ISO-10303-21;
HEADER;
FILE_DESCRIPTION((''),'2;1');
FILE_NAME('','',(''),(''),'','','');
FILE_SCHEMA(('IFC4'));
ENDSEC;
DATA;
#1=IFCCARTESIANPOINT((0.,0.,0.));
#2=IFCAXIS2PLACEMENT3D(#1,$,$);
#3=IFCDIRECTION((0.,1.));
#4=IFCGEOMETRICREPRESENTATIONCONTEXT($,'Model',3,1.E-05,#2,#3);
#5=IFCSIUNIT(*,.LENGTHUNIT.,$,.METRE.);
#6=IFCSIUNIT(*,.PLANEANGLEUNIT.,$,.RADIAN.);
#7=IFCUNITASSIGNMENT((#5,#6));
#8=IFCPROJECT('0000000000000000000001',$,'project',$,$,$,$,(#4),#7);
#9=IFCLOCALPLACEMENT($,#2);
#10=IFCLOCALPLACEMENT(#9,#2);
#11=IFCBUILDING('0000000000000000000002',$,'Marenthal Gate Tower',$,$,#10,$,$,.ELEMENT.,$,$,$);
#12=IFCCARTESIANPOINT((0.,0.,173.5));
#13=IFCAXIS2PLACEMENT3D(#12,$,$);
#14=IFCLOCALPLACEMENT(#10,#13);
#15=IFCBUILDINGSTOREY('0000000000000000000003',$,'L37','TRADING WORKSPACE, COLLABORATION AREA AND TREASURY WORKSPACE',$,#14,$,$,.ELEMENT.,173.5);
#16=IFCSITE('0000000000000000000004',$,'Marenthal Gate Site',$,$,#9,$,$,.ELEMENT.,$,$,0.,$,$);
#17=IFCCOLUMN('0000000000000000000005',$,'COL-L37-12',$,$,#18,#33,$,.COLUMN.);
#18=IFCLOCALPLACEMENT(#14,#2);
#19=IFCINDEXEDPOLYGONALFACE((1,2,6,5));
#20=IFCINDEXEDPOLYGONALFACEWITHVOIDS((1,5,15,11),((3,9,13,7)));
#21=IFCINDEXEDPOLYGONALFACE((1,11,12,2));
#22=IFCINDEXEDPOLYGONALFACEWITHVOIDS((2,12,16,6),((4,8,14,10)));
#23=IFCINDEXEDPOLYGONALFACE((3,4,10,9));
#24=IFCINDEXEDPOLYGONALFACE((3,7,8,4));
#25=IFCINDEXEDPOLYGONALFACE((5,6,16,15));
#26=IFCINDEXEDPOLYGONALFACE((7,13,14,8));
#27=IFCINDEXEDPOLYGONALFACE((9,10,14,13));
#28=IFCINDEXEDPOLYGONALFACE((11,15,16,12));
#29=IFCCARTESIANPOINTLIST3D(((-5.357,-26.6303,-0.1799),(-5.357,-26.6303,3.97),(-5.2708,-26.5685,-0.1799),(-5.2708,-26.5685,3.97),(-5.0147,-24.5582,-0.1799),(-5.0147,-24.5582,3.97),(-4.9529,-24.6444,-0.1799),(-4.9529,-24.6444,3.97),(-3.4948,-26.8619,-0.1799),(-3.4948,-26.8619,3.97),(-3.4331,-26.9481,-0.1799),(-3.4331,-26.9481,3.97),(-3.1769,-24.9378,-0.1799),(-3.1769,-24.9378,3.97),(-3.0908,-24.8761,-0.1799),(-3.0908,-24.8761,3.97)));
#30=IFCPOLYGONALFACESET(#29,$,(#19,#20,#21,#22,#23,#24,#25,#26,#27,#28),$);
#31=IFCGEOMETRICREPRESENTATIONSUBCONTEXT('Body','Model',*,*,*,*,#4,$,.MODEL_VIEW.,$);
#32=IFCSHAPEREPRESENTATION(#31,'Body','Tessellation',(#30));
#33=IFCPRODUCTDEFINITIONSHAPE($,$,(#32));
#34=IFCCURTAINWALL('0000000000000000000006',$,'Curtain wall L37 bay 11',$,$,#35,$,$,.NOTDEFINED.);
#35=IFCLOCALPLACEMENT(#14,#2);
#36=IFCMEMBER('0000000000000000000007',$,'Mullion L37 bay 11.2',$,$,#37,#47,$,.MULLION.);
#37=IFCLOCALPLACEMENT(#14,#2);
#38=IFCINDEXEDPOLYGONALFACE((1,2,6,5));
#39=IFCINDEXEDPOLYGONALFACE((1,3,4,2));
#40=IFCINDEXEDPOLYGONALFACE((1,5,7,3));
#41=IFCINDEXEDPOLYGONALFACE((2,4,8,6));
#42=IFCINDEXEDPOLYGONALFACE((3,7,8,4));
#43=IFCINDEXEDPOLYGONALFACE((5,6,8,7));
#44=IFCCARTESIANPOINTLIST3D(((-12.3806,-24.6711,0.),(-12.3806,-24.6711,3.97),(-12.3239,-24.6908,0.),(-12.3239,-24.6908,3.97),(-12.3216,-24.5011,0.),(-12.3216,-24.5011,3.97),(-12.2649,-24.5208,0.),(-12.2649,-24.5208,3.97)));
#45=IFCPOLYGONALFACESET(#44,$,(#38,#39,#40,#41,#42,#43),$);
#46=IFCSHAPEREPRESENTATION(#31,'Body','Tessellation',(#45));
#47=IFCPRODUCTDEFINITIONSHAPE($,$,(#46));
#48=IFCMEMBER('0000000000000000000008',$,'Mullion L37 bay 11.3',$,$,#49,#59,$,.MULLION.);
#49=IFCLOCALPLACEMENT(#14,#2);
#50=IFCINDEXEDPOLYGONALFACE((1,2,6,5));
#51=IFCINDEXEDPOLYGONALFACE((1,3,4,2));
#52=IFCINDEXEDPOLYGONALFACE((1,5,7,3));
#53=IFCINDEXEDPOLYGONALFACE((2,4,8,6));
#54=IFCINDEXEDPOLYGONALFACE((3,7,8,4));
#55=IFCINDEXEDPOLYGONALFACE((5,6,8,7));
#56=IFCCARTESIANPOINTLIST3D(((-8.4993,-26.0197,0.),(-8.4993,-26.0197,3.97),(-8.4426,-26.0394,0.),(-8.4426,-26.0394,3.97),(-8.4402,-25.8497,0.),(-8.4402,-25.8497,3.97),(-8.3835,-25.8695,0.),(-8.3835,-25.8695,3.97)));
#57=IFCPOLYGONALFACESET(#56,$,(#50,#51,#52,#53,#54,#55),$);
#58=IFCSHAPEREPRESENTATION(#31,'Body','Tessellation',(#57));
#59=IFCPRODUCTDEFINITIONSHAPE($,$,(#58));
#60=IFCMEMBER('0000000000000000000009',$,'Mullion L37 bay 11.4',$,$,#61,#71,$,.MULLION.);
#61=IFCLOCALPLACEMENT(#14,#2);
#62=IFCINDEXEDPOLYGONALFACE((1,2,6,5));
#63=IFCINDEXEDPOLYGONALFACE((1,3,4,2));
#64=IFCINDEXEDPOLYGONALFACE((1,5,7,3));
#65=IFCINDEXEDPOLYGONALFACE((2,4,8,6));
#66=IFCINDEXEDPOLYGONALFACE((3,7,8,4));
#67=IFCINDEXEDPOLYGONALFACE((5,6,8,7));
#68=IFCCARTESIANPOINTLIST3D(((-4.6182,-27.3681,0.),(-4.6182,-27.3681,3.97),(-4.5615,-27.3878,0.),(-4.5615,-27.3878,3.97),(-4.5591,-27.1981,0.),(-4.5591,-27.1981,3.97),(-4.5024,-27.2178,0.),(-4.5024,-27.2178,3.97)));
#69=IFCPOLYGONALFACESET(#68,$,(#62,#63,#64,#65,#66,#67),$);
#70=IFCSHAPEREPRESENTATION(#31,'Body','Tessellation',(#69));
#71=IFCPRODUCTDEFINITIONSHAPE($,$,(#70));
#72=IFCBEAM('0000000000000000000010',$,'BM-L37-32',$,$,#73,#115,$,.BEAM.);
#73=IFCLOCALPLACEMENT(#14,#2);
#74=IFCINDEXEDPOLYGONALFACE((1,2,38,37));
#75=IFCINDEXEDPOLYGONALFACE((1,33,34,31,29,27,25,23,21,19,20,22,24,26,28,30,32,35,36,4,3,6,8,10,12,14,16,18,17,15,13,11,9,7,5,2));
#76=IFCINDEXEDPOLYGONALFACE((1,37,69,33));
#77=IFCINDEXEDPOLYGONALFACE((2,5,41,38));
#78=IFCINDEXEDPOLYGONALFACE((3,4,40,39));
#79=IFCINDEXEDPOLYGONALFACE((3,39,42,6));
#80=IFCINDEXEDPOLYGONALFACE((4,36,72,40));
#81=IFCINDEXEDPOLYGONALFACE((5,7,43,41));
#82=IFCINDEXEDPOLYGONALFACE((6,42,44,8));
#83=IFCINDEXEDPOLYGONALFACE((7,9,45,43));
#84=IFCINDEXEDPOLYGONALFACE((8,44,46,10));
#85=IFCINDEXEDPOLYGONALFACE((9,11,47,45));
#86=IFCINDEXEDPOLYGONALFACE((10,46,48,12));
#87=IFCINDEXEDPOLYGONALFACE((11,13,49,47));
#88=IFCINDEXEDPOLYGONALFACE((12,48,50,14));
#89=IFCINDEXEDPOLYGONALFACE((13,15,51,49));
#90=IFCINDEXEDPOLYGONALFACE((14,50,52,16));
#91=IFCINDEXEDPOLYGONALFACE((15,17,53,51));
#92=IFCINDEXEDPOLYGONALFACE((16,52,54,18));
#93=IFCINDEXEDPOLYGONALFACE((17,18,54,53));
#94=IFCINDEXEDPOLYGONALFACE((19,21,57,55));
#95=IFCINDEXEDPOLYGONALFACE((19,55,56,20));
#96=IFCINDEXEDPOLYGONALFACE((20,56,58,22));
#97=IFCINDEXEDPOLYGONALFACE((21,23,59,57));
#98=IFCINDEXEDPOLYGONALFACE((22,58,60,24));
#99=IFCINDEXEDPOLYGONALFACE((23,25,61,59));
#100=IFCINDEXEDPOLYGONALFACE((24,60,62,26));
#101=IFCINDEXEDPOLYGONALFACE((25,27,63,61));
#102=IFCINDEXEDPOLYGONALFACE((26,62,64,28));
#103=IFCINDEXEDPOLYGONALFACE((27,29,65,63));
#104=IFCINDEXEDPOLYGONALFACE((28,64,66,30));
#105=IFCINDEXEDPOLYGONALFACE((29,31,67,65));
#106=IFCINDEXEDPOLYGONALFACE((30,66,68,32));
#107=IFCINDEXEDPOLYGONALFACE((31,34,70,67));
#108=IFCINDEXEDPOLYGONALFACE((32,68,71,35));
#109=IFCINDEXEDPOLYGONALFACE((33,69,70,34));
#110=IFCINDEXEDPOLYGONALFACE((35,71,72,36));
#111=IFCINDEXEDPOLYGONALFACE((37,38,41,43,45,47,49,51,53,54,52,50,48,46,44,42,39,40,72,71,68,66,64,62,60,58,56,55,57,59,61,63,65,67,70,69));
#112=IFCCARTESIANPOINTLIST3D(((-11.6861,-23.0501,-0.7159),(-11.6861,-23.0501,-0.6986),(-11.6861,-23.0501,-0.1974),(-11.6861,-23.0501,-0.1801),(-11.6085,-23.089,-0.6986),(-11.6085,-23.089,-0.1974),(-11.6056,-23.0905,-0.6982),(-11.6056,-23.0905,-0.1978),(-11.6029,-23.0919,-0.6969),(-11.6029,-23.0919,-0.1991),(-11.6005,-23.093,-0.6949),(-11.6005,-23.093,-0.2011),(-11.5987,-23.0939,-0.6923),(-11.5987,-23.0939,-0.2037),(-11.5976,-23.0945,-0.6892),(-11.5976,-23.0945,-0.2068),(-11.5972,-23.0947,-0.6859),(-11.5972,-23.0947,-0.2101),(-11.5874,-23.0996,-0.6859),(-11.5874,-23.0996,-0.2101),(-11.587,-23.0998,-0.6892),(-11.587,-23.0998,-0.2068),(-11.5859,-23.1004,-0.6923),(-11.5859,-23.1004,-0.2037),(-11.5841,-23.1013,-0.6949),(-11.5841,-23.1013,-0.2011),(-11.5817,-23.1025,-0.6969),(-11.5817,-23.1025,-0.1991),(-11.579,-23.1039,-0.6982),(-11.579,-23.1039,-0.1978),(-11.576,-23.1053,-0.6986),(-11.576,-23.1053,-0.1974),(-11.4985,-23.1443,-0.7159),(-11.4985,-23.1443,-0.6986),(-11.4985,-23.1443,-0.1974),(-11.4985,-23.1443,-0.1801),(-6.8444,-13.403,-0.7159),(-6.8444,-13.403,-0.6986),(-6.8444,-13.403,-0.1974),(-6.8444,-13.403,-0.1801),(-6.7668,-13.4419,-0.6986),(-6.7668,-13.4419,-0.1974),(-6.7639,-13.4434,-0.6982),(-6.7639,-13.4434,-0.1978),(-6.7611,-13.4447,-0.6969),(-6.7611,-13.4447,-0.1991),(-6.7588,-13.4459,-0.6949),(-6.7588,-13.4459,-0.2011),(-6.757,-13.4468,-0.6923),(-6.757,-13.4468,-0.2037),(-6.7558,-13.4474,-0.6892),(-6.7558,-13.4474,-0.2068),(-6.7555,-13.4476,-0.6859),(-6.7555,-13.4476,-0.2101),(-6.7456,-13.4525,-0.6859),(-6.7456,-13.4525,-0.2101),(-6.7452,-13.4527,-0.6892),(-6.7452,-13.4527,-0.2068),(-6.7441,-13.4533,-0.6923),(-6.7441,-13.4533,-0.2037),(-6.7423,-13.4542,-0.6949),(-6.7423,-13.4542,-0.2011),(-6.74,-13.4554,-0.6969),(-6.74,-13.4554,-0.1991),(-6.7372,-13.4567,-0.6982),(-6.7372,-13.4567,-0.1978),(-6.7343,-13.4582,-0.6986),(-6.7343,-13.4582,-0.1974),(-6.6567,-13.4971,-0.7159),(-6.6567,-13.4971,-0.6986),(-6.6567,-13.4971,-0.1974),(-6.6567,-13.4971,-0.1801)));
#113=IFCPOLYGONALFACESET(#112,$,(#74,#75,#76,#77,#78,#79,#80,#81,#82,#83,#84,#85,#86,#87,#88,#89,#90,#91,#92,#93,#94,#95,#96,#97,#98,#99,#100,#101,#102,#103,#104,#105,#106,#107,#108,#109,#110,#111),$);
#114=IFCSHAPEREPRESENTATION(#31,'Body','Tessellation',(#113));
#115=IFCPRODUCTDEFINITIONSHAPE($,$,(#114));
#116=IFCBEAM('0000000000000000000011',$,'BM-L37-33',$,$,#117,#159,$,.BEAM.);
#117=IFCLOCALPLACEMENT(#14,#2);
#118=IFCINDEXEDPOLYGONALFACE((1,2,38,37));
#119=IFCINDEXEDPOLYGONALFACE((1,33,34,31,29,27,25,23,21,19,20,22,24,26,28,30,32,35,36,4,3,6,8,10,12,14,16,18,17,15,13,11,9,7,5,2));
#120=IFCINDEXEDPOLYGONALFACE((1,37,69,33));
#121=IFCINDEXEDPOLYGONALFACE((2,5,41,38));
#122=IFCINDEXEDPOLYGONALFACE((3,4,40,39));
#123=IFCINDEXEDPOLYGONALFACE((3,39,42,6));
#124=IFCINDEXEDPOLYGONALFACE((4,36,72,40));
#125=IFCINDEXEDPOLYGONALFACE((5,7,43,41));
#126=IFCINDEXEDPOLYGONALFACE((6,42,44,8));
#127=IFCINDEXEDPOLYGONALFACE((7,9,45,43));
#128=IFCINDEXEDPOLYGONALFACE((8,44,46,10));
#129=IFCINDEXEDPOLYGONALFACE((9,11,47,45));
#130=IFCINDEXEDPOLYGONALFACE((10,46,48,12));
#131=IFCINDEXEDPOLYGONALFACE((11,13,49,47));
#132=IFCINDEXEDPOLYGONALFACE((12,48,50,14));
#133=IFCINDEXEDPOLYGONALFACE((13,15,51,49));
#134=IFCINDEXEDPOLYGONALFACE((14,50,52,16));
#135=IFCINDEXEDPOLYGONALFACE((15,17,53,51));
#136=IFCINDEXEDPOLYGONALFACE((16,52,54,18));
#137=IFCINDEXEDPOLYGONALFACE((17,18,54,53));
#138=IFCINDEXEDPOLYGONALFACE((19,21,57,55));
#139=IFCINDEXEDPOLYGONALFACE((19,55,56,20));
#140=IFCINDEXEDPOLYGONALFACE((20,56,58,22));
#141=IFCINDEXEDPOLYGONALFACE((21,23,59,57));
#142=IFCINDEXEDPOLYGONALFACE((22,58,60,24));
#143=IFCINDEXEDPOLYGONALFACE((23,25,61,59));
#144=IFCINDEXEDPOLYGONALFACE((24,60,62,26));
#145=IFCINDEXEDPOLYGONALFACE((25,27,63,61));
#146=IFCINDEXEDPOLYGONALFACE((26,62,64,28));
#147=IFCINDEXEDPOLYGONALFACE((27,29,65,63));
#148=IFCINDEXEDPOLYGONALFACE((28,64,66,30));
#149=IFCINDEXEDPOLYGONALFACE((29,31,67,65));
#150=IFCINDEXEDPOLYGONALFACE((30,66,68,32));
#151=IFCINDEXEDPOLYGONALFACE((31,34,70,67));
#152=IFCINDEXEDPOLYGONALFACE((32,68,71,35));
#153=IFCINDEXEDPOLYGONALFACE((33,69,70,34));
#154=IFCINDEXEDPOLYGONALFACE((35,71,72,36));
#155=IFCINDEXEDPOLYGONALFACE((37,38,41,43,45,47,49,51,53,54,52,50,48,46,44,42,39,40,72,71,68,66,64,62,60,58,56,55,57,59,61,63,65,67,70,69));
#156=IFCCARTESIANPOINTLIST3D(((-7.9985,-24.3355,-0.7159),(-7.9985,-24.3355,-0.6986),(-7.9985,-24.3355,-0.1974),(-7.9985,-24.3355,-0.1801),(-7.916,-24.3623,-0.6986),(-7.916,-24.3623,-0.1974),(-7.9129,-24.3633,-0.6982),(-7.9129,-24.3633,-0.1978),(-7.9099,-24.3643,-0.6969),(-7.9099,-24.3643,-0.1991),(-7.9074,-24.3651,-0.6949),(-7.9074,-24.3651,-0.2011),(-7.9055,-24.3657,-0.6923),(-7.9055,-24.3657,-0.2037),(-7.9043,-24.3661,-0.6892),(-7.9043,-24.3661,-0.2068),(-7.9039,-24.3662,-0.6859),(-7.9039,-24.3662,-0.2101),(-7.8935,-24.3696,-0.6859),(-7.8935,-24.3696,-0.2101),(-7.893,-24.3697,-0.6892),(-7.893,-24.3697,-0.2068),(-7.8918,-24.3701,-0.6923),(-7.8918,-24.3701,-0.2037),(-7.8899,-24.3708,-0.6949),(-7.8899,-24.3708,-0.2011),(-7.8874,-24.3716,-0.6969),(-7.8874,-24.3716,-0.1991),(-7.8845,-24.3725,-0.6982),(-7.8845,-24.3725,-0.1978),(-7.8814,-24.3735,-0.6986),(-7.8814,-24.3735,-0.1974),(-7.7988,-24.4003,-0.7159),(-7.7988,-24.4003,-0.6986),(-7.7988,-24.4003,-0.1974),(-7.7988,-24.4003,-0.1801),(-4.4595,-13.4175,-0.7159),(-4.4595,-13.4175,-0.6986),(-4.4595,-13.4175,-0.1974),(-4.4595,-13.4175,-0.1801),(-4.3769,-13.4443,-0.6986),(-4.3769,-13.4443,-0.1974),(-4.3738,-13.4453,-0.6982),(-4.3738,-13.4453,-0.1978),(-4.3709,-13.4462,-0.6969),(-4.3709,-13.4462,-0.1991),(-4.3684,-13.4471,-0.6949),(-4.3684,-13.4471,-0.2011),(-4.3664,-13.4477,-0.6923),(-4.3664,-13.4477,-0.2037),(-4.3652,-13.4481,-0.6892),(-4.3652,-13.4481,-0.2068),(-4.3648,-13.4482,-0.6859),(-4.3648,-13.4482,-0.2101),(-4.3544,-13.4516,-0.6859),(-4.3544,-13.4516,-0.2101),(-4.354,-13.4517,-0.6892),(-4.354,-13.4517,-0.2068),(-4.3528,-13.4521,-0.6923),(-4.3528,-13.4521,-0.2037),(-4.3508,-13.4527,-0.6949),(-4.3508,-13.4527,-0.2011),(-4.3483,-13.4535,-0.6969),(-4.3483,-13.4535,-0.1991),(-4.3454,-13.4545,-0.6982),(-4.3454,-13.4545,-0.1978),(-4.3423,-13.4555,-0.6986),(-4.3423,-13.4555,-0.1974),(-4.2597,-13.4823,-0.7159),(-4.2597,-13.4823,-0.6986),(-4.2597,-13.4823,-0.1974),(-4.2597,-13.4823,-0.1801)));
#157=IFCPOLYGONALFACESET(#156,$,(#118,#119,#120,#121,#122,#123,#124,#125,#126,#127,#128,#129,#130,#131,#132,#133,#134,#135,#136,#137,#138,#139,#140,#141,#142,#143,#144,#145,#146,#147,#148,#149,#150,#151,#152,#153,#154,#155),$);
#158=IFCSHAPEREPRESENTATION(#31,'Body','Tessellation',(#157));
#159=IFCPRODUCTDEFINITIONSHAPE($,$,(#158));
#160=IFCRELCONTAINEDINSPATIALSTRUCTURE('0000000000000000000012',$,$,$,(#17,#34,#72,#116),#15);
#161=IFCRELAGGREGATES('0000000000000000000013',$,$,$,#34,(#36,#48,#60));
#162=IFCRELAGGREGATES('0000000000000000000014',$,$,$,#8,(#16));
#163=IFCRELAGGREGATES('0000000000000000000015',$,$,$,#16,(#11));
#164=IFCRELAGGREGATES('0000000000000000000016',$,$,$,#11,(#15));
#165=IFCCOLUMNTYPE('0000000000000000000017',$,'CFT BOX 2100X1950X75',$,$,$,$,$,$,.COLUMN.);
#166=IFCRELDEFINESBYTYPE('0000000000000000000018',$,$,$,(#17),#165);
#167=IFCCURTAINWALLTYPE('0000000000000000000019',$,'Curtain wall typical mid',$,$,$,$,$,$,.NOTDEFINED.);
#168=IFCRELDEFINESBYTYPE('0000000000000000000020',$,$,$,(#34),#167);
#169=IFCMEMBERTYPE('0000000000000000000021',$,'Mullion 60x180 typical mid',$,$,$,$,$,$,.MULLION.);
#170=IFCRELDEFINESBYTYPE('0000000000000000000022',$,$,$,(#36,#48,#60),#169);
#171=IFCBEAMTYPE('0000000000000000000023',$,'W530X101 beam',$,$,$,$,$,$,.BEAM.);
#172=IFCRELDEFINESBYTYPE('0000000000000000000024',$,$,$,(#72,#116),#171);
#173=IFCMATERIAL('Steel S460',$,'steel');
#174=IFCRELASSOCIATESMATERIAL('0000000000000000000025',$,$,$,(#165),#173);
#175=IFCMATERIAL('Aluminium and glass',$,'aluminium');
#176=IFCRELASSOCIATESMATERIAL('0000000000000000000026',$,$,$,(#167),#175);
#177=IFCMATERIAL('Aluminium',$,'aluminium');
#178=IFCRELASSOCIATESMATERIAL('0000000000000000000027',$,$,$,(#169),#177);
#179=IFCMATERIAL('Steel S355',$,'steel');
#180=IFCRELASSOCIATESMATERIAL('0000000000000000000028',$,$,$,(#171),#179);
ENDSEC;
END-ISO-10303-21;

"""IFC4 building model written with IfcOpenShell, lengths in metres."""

from ifc_helpers import new_model, si_unit, direction, frame, origin, origin_2d, place, context, subcontext, project, spatial, rectangle, hollow_rectangle, i_section, extrude, material, material_profile, profile_set, type_object, element, aggregate, save


model = new_model("IFC4")

# Units and contexts
model_context = context("Model", 3, precision=1e-05, world=origin(), true_north=direction((0.0, 1.0)))
body_context = subcontext(model_context, "Body", "Model", "MODEL_VIEW")
ifc_project = project(units=[si_unit("LENGTHUNIT", "METRE"), si_unit("PLANEANGLEUNIT", "RADIAN")], contexts=[model_context])

# Site, building, storey
site_placement = place(None, origin())
site = spatial("IfcSite", under=ifc_project, at=site_placement, Name="Marenthal Gate Site", CompositionType="ELEMENT", RefElevation=0.0)
building_placement = place(site_placement, origin())
building = spatial("IfcBuilding", under=site, at=building_placement, Name="Marenthal Gate Tower", CompositionType="ELEMENT")
storey_placement = place(building_placement, frame((0.0, 0.0, 173.5)))
storey = spatial("IfcBuildingStorey", under=building, at=storey_placement, Name="L37", Description="TRADING WORKSPACE, COLLABORATION AREA AND TREASURY WORKSPACE", CompositionType="ELEMENT", Elevation=173.5)

# Column
ifc_material_1 = material(Name="Steel S460", Category="steel")
ifc_material_profile_1 = material_profile(ifc_material_1, hollow_rectangle(XDim=1.95, YDim=2.1001, WallThickness=0.075, at=origin_2d()), Name="CFT BOX 2100X1950X75")
ifc_material_2 = material(Name="Concrete 70 MPa", Category="concrete")
ifc_material_profile_2 = material_profile(ifc_material_2, rectangle(XDim=1.8, YDim=1.95, at=origin_2d()), Name="CFT BOX 2100X1950X75 INFILL")
ifc_profile_set_1 = profile_set([ifc_material_profile_1, ifc_material_profile_2], Name="Steel S460 shell, Concrete 70 MPa infill")
column_type = type_object("IfcColumnType", Name="CFT BOX 2100X1950X75", PredefinedType="COLUMN", material=ifc_profile_set_1)
column_placement = place(storey_placement, frame((-4.2239, -25.7532, -0.1799), z_axis=(0.0, 0.0, 1.0), x_axis=(-0.986625, 0.163004, 0.0)))
element("IfcColumn", 1, at=column_placement, inside=storey, type_object=column_type, Name="COL-L37-12", PredefinedType="COLUMN", context=body_context, shape_type="SweptSolid", body=[
    extrude(hollow_rectangle(XDim=1.95, YDim=2.1001, WallThickness=0.075, at=origin_2d()), origin(), (0.0, 0.0, 1.0), 4.1499),
])

# Curtain wall, members
ifc_material_3 = material(Name="Aluminium and glass", Category="aluminium")
curtain_wall_type = type_object("IfcCurtainWallType", Name="Curtain wall typical mid", PredefinedType="NOTDEFINED", material=ifc_material_3)
curtain_wall_placement = place(storey_placement, origin())
curtain_wall = element("IfcCurtainWall", 2, at=curtain_wall_placement, inside=storey, type_object=curtain_wall_type, Name="Curtain wall L37 bay 11", PredefinedType="NOTDEFINED")
ifc_material_4 = material(Name="Aluminium", Category="aluminium")
ifc_material_profile_3 = material_profile(ifc_material_4, rectangle(XDim=0.1799, YDim=0.0601, at=origin_2d()), Name="60x180 aluminium mullion")
ifc_profile_set_2 = profile_set([ifc_material_profile_3], Name="Aluminium")
member_type = type_object("IfcMemberType", Name="Mullion 60x180 typical mid", PredefinedType="MULLION", material=ifc_profile_set_2)
member_1_placement = place(storey_placement, frame((-12.3228, -24.5959, 0.0), z_axis=(0.0, 0.0, 1.0), x_axis=(0.328211, 0.944604, 0.0)))
member_1 = element("IfcMember", 3, at=member_1_placement, type_object=member_type, Name="Mullion L37 bay 11.2", PredefinedType="MULLION", context=body_context, shape_type="SweptSolid", body=[
    extrude(rectangle(XDim=0.1799, YDim=0.0601, at=origin_2d()), origin(), (0.0, 0.0, 1.0), 3.97),
])
member_2_placement = place(storey_placement, frame((-8.4414, -25.9446, 0.0), z_axis=(0.0, 0.0, 1.0), x_axis=(0.328211, 0.944604, 0.0)))
member_2 = element("IfcMember", 4, at=member_2_placement, type_object=member_type, Name="Mullion L37 bay 11.3", PredefinedType="MULLION", context=body_context, shape_type="SweptSolid", body=[
    extrude(rectangle(XDim=0.1799, YDim=0.0601, at=origin_2d()), origin(), (0.0, 0.0, 1.0), 3.97),
])
member_3_placement = place(storey_placement, frame((-4.5603, -27.293, 0.0), z_axis=(0.0, 0.0, 1.0), x_axis=(0.328211, 0.944604, 0.0)))
member_3 = element("IfcMember", 5, at=member_3_placement, type_object=member_type, Name="Mullion L37 bay 11.4", PredefinedType="MULLION", context=body_context, shape_type="SweptSolid", body=[
    extrude(rectangle(XDim=0.1799, YDim=0.0601, at=origin_2d()), origin(), (0.0, 0.0, 1.0), 3.97),
])

# Beams
ifc_material_5 = material(Name="Steel S355", Category="steel")
ifc_material_profile_4 = material_profile(ifc_material_5, i_section(OverallWidth=0.21, OverallDepth=0.5359, WebThickness=0.011, FlangeThickness=0.0173, FilletRadius=0.0127, at=origin_2d()), Name="W530X101")
ifc_profile_set_3 = profile_set([ifc_material_profile_4], Name="Steel S355")
beam_type_1 = type_object("IfcBeamType", Name="W530X101 beam", PredefinedType="BEAM", material=ifc_profile_set_3)
beam_1_placement = place(storey_placement, frame((-11.5923, -23.0972, -0.448), z_axis=(0.448561, 0.893752, 0.0), x_axis=(-0.893752, 0.448561, 0.0)))
element("IfcBeam", 6, at=beam_1_placement, inside=storey, type_object=beam_type_1, Name="BM-L37-32", PredefinedType="BEAM", context=body_context, shape_type="SweptSolid", body=[
    extrude(i_section(OverallWidth=0.21, OverallDepth=0.5359, WebThickness=0.011, FlangeThickness=0.0173, FilletRadius=0.0127, at=origin_2d()), origin(), (0.0, 0.0, 1.0), 10.7939),
])
beam_2_placement = place(storey_placement, frame((-7.8987, -24.3679, -0.448), z_axis=(0.308355, 0.951271, 0.0), x_axis=(-0.951271, 0.308355, 0.0)))
element("IfcBeam", 7, at=beam_2_placement, inside=storey, type_object=beam_type_1, Name="BM-L37-33", PredefinedType="BEAM", context=body_context, shape_type="SweptSolid", body=[
    extrude(i_section(OverallWidth=0.21, OverallDepth=0.5359, WebThickness=0.011, FlangeThickness=0.0173, FilletRadius=0.0127, at=origin_2d()), origin(), (0.0, 0.0, 1.0), 11.4773),
])

aggregate(curtain_wall, [member_1, member_2, member_3])

save(model, "model.ifc")
